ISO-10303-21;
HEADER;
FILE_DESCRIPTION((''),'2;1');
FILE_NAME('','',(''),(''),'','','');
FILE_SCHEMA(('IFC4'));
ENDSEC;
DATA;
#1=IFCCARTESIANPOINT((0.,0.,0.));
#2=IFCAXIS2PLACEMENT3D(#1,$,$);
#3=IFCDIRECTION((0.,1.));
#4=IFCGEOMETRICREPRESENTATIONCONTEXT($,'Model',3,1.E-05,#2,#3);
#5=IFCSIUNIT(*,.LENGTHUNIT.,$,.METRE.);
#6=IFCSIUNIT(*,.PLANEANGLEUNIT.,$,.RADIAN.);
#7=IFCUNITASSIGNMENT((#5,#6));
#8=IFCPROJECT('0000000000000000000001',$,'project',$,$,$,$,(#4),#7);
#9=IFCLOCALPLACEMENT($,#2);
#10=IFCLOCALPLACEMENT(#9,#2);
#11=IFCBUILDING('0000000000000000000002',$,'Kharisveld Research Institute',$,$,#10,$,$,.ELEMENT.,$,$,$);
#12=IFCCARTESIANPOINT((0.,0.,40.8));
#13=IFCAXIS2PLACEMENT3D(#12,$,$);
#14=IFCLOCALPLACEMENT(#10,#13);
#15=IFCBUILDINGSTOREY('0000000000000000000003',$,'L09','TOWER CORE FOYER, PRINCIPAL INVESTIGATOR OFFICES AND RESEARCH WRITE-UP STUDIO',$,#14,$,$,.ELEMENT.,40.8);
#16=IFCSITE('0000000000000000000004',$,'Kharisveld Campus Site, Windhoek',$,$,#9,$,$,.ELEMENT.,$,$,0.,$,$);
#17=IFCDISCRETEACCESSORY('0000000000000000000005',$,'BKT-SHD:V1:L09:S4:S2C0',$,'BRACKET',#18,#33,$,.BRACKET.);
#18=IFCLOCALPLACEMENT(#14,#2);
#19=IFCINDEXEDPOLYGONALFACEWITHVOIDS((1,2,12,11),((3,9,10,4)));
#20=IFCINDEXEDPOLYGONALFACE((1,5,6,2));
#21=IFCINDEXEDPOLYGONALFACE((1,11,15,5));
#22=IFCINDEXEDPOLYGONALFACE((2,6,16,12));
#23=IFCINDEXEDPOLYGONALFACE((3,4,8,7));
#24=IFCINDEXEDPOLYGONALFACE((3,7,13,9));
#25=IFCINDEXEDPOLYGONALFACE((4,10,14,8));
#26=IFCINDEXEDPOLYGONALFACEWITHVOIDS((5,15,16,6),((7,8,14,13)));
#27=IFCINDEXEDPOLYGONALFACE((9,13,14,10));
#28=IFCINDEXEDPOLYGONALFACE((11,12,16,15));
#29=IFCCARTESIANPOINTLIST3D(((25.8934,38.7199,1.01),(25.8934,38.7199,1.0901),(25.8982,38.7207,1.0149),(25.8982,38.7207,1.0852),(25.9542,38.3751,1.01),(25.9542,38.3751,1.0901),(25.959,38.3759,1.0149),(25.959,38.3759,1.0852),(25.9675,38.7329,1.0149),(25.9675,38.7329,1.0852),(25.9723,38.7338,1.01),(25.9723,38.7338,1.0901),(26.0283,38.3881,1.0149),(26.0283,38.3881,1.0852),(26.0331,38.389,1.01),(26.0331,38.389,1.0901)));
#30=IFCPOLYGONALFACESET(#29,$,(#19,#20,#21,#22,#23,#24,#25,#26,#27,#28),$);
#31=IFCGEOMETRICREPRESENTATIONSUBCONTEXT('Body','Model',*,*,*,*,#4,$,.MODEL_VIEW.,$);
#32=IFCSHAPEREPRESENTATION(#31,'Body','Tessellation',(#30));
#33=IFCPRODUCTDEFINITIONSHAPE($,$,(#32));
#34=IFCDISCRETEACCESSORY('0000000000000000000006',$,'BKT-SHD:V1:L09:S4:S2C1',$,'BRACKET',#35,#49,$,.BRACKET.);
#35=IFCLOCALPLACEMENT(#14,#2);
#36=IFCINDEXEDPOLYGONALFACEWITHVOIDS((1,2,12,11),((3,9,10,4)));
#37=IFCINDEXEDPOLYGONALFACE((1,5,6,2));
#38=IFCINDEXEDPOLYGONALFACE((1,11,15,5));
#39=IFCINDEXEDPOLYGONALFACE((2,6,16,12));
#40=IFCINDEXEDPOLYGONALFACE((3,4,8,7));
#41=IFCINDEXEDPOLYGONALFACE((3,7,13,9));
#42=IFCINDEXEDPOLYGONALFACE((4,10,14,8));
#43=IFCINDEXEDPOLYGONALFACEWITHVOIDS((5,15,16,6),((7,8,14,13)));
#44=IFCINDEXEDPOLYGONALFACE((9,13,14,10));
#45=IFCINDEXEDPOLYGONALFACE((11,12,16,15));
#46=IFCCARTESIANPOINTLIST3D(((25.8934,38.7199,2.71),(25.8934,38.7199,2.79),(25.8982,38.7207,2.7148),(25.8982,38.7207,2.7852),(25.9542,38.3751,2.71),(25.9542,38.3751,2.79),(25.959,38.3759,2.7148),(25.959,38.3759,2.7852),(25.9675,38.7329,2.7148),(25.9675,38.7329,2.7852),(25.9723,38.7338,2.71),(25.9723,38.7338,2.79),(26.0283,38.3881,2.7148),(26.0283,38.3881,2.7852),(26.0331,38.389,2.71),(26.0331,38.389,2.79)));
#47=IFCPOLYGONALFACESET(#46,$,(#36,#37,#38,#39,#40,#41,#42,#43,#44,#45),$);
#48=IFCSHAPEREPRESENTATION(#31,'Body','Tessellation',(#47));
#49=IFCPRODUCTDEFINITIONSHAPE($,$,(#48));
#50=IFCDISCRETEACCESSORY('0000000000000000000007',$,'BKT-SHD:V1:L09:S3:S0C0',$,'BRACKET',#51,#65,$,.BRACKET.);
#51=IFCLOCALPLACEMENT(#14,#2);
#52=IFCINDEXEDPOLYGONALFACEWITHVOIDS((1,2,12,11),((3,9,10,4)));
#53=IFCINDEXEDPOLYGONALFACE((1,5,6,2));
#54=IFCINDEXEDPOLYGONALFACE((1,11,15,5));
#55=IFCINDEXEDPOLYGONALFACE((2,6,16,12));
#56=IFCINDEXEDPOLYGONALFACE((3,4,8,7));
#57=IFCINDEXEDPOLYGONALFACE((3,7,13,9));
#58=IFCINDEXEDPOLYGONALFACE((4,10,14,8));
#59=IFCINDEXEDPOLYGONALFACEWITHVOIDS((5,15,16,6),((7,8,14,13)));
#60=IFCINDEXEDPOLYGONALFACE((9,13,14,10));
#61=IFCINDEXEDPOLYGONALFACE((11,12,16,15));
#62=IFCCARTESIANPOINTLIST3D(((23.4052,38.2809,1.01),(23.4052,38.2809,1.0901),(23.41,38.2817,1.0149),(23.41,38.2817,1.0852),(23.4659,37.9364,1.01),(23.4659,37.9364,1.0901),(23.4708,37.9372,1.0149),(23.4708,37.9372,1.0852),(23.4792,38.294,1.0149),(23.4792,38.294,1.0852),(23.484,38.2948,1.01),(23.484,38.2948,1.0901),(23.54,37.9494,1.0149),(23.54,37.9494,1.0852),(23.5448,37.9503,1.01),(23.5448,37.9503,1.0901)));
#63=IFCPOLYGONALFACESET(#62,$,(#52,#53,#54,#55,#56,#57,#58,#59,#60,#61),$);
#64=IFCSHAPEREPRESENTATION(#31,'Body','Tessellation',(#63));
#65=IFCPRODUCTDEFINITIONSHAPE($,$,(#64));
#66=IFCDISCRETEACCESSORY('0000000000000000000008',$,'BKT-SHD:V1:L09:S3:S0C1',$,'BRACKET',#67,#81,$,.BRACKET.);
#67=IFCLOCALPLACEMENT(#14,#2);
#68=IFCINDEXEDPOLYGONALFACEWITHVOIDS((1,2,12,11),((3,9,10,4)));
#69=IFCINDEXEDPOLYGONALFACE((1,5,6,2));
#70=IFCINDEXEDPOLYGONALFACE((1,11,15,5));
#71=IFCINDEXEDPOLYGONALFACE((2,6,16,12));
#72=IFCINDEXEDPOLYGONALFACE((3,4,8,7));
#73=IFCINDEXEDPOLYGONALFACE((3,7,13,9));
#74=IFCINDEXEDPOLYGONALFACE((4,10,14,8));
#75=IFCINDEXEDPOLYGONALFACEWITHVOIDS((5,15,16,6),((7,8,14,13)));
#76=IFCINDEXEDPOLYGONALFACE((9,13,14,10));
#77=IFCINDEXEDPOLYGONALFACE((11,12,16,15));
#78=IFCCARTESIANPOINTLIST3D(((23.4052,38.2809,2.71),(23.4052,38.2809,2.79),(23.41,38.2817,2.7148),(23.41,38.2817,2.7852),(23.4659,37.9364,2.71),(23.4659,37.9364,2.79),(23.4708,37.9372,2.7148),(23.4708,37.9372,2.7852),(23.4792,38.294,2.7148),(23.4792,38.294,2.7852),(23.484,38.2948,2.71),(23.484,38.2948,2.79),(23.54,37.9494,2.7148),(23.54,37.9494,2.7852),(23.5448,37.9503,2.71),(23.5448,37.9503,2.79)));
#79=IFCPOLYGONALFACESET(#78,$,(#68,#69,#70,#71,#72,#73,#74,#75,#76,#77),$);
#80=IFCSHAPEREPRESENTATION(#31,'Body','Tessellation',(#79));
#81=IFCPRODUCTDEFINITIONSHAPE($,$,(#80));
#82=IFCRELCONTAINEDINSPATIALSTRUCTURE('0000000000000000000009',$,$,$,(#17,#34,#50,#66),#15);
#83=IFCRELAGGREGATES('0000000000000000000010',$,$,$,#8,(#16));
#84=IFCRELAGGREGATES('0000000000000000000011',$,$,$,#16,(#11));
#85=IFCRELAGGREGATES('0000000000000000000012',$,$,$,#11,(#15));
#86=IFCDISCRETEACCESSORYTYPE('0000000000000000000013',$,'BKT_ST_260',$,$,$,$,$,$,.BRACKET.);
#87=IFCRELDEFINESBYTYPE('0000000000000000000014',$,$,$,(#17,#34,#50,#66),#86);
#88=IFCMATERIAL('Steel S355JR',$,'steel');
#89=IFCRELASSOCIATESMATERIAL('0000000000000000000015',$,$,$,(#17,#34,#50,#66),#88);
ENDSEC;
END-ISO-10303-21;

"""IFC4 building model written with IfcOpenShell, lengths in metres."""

from ifc_helpers import new_model, si_unit, direction, frame, origin, origin_2d, place, context, subcontext, project, spatial, hollow_rectangle, extrude, material, type_object, element, save


model = new_model("IFC4")

# Units and contexts
model_context = context("Model", 3, precision=1e-05, world=origin(), true_north=direction((0.0, 1.0)))
body_context = subcontext(model_context, "Body", "Model", "MODEL_VIEW")
ifc_project = project(units=[si_unit("LENGTHUNIT", "METRE"), si_unit("PLANEANGLEUNIT", "RADIAN")], contexts=[model_context])

# Site, building, storey
site_placement = place(None, origin())
site = spatial("IfcSite", under=ifc_project, at=site_placement, Name="Kharisveld Campus Site, Windhoek", CompositionType="ELEMENT", RefElevation=0.0)
building_placement = place(site_placement, origin())
building = spatial("IfcBuilding", under=site, at=building_placement, Name="Kharisveld Research Institute", CompositionType="ELEMENT")
storey_placement = place(building_placement, frame((0.0, 0.0, 40.8)))
storey = spatial("IfcBuildingStorey", under=building, at=storey_placement, Name="L09", Description="TOWER CORE FOYER, PRINCIPAL INVESTIGATOR OFFICES AND RESEARCH WRITE-UP STUDIO", CompositionType="ELEMENT", Elevation=40.8)

# Discrete accessories
ifc_material_1 = material(Name="Steel S355JR", Category="steel")
discrete_accessory_type = type_object("IfcDiscreteAccessoryType", Name="BKT_ST_260", PredefinedType="BRACKET")
for number, where, z_axis, x_axis, name in (
    (1, (25.9329, 38.7268, 1.05), (0.173666, -0.984805, 0.0), (0.984805, 0.173666, 0.0), "BKT-SHD:V1:L09:S4:S2C0"),
    (2, (25.9329, 38.7268, 2.75), (0.173666, -0.984805, 0.0), (0.984805, 0.173666, 0.0), "BKT-SHD:V1:L09:S4:S2C1"),
):
    element("IfcDiscreteAccessory", number, at=place(storey_placement, frame(where, z_axis=z_axis, x_axis=x_axis)), inside=storey, type_object=discrete_accessory_type, material=ifc_material_1, Name=name, ObjectType="BRACKET", PredefinedType="BRACKET", context=body_context, shape_type="SweptSolid", body=[
        extrude(hollow_rectangle(XDim=0.0801, YDim=0.0801, WallThickness=0.0049, at=origin_2d()), origin(), (0.0, 0.0, 1.0), 0.3501),
    ])
for number, where, z_axis, x_axis, name in (
    (3, (23.4446, 38.2878, 1.05), (0.173785, -0.984784, 0.0), (0.984784, 0.173785, 0.0), "BKT-SHD:V1:L09:S3:S0C0"),
    (4, (23.4446, 38.2878, 2.75), (0.173785, -0.984784, 0.0), (0.984784, 0.173785, 0.0), "BKT-SHD:V1:L09:S3:S0C1"),
):
    element("IfcDiscreteAccessory", number, at=place(storey_placement, frame(where, z_axis=z_axis, x_axis=x_axis)), inside=storey, type_object=discrete_accessory_type, material=ifc_material_1, Name=name, ObjectType="BRACKET", PredefinedType="BRACKET", context=body_context, shape_type="SweptSolid", body=[
        extrude(hollow_rectangle(XDim=0.0801, YDim=0.0801, WallThickness=0.0049, at=origin_2d()), origin(), (0.0, 0.0, 1.0), 0.3499),
    ])

save(model, "model.ifc")
